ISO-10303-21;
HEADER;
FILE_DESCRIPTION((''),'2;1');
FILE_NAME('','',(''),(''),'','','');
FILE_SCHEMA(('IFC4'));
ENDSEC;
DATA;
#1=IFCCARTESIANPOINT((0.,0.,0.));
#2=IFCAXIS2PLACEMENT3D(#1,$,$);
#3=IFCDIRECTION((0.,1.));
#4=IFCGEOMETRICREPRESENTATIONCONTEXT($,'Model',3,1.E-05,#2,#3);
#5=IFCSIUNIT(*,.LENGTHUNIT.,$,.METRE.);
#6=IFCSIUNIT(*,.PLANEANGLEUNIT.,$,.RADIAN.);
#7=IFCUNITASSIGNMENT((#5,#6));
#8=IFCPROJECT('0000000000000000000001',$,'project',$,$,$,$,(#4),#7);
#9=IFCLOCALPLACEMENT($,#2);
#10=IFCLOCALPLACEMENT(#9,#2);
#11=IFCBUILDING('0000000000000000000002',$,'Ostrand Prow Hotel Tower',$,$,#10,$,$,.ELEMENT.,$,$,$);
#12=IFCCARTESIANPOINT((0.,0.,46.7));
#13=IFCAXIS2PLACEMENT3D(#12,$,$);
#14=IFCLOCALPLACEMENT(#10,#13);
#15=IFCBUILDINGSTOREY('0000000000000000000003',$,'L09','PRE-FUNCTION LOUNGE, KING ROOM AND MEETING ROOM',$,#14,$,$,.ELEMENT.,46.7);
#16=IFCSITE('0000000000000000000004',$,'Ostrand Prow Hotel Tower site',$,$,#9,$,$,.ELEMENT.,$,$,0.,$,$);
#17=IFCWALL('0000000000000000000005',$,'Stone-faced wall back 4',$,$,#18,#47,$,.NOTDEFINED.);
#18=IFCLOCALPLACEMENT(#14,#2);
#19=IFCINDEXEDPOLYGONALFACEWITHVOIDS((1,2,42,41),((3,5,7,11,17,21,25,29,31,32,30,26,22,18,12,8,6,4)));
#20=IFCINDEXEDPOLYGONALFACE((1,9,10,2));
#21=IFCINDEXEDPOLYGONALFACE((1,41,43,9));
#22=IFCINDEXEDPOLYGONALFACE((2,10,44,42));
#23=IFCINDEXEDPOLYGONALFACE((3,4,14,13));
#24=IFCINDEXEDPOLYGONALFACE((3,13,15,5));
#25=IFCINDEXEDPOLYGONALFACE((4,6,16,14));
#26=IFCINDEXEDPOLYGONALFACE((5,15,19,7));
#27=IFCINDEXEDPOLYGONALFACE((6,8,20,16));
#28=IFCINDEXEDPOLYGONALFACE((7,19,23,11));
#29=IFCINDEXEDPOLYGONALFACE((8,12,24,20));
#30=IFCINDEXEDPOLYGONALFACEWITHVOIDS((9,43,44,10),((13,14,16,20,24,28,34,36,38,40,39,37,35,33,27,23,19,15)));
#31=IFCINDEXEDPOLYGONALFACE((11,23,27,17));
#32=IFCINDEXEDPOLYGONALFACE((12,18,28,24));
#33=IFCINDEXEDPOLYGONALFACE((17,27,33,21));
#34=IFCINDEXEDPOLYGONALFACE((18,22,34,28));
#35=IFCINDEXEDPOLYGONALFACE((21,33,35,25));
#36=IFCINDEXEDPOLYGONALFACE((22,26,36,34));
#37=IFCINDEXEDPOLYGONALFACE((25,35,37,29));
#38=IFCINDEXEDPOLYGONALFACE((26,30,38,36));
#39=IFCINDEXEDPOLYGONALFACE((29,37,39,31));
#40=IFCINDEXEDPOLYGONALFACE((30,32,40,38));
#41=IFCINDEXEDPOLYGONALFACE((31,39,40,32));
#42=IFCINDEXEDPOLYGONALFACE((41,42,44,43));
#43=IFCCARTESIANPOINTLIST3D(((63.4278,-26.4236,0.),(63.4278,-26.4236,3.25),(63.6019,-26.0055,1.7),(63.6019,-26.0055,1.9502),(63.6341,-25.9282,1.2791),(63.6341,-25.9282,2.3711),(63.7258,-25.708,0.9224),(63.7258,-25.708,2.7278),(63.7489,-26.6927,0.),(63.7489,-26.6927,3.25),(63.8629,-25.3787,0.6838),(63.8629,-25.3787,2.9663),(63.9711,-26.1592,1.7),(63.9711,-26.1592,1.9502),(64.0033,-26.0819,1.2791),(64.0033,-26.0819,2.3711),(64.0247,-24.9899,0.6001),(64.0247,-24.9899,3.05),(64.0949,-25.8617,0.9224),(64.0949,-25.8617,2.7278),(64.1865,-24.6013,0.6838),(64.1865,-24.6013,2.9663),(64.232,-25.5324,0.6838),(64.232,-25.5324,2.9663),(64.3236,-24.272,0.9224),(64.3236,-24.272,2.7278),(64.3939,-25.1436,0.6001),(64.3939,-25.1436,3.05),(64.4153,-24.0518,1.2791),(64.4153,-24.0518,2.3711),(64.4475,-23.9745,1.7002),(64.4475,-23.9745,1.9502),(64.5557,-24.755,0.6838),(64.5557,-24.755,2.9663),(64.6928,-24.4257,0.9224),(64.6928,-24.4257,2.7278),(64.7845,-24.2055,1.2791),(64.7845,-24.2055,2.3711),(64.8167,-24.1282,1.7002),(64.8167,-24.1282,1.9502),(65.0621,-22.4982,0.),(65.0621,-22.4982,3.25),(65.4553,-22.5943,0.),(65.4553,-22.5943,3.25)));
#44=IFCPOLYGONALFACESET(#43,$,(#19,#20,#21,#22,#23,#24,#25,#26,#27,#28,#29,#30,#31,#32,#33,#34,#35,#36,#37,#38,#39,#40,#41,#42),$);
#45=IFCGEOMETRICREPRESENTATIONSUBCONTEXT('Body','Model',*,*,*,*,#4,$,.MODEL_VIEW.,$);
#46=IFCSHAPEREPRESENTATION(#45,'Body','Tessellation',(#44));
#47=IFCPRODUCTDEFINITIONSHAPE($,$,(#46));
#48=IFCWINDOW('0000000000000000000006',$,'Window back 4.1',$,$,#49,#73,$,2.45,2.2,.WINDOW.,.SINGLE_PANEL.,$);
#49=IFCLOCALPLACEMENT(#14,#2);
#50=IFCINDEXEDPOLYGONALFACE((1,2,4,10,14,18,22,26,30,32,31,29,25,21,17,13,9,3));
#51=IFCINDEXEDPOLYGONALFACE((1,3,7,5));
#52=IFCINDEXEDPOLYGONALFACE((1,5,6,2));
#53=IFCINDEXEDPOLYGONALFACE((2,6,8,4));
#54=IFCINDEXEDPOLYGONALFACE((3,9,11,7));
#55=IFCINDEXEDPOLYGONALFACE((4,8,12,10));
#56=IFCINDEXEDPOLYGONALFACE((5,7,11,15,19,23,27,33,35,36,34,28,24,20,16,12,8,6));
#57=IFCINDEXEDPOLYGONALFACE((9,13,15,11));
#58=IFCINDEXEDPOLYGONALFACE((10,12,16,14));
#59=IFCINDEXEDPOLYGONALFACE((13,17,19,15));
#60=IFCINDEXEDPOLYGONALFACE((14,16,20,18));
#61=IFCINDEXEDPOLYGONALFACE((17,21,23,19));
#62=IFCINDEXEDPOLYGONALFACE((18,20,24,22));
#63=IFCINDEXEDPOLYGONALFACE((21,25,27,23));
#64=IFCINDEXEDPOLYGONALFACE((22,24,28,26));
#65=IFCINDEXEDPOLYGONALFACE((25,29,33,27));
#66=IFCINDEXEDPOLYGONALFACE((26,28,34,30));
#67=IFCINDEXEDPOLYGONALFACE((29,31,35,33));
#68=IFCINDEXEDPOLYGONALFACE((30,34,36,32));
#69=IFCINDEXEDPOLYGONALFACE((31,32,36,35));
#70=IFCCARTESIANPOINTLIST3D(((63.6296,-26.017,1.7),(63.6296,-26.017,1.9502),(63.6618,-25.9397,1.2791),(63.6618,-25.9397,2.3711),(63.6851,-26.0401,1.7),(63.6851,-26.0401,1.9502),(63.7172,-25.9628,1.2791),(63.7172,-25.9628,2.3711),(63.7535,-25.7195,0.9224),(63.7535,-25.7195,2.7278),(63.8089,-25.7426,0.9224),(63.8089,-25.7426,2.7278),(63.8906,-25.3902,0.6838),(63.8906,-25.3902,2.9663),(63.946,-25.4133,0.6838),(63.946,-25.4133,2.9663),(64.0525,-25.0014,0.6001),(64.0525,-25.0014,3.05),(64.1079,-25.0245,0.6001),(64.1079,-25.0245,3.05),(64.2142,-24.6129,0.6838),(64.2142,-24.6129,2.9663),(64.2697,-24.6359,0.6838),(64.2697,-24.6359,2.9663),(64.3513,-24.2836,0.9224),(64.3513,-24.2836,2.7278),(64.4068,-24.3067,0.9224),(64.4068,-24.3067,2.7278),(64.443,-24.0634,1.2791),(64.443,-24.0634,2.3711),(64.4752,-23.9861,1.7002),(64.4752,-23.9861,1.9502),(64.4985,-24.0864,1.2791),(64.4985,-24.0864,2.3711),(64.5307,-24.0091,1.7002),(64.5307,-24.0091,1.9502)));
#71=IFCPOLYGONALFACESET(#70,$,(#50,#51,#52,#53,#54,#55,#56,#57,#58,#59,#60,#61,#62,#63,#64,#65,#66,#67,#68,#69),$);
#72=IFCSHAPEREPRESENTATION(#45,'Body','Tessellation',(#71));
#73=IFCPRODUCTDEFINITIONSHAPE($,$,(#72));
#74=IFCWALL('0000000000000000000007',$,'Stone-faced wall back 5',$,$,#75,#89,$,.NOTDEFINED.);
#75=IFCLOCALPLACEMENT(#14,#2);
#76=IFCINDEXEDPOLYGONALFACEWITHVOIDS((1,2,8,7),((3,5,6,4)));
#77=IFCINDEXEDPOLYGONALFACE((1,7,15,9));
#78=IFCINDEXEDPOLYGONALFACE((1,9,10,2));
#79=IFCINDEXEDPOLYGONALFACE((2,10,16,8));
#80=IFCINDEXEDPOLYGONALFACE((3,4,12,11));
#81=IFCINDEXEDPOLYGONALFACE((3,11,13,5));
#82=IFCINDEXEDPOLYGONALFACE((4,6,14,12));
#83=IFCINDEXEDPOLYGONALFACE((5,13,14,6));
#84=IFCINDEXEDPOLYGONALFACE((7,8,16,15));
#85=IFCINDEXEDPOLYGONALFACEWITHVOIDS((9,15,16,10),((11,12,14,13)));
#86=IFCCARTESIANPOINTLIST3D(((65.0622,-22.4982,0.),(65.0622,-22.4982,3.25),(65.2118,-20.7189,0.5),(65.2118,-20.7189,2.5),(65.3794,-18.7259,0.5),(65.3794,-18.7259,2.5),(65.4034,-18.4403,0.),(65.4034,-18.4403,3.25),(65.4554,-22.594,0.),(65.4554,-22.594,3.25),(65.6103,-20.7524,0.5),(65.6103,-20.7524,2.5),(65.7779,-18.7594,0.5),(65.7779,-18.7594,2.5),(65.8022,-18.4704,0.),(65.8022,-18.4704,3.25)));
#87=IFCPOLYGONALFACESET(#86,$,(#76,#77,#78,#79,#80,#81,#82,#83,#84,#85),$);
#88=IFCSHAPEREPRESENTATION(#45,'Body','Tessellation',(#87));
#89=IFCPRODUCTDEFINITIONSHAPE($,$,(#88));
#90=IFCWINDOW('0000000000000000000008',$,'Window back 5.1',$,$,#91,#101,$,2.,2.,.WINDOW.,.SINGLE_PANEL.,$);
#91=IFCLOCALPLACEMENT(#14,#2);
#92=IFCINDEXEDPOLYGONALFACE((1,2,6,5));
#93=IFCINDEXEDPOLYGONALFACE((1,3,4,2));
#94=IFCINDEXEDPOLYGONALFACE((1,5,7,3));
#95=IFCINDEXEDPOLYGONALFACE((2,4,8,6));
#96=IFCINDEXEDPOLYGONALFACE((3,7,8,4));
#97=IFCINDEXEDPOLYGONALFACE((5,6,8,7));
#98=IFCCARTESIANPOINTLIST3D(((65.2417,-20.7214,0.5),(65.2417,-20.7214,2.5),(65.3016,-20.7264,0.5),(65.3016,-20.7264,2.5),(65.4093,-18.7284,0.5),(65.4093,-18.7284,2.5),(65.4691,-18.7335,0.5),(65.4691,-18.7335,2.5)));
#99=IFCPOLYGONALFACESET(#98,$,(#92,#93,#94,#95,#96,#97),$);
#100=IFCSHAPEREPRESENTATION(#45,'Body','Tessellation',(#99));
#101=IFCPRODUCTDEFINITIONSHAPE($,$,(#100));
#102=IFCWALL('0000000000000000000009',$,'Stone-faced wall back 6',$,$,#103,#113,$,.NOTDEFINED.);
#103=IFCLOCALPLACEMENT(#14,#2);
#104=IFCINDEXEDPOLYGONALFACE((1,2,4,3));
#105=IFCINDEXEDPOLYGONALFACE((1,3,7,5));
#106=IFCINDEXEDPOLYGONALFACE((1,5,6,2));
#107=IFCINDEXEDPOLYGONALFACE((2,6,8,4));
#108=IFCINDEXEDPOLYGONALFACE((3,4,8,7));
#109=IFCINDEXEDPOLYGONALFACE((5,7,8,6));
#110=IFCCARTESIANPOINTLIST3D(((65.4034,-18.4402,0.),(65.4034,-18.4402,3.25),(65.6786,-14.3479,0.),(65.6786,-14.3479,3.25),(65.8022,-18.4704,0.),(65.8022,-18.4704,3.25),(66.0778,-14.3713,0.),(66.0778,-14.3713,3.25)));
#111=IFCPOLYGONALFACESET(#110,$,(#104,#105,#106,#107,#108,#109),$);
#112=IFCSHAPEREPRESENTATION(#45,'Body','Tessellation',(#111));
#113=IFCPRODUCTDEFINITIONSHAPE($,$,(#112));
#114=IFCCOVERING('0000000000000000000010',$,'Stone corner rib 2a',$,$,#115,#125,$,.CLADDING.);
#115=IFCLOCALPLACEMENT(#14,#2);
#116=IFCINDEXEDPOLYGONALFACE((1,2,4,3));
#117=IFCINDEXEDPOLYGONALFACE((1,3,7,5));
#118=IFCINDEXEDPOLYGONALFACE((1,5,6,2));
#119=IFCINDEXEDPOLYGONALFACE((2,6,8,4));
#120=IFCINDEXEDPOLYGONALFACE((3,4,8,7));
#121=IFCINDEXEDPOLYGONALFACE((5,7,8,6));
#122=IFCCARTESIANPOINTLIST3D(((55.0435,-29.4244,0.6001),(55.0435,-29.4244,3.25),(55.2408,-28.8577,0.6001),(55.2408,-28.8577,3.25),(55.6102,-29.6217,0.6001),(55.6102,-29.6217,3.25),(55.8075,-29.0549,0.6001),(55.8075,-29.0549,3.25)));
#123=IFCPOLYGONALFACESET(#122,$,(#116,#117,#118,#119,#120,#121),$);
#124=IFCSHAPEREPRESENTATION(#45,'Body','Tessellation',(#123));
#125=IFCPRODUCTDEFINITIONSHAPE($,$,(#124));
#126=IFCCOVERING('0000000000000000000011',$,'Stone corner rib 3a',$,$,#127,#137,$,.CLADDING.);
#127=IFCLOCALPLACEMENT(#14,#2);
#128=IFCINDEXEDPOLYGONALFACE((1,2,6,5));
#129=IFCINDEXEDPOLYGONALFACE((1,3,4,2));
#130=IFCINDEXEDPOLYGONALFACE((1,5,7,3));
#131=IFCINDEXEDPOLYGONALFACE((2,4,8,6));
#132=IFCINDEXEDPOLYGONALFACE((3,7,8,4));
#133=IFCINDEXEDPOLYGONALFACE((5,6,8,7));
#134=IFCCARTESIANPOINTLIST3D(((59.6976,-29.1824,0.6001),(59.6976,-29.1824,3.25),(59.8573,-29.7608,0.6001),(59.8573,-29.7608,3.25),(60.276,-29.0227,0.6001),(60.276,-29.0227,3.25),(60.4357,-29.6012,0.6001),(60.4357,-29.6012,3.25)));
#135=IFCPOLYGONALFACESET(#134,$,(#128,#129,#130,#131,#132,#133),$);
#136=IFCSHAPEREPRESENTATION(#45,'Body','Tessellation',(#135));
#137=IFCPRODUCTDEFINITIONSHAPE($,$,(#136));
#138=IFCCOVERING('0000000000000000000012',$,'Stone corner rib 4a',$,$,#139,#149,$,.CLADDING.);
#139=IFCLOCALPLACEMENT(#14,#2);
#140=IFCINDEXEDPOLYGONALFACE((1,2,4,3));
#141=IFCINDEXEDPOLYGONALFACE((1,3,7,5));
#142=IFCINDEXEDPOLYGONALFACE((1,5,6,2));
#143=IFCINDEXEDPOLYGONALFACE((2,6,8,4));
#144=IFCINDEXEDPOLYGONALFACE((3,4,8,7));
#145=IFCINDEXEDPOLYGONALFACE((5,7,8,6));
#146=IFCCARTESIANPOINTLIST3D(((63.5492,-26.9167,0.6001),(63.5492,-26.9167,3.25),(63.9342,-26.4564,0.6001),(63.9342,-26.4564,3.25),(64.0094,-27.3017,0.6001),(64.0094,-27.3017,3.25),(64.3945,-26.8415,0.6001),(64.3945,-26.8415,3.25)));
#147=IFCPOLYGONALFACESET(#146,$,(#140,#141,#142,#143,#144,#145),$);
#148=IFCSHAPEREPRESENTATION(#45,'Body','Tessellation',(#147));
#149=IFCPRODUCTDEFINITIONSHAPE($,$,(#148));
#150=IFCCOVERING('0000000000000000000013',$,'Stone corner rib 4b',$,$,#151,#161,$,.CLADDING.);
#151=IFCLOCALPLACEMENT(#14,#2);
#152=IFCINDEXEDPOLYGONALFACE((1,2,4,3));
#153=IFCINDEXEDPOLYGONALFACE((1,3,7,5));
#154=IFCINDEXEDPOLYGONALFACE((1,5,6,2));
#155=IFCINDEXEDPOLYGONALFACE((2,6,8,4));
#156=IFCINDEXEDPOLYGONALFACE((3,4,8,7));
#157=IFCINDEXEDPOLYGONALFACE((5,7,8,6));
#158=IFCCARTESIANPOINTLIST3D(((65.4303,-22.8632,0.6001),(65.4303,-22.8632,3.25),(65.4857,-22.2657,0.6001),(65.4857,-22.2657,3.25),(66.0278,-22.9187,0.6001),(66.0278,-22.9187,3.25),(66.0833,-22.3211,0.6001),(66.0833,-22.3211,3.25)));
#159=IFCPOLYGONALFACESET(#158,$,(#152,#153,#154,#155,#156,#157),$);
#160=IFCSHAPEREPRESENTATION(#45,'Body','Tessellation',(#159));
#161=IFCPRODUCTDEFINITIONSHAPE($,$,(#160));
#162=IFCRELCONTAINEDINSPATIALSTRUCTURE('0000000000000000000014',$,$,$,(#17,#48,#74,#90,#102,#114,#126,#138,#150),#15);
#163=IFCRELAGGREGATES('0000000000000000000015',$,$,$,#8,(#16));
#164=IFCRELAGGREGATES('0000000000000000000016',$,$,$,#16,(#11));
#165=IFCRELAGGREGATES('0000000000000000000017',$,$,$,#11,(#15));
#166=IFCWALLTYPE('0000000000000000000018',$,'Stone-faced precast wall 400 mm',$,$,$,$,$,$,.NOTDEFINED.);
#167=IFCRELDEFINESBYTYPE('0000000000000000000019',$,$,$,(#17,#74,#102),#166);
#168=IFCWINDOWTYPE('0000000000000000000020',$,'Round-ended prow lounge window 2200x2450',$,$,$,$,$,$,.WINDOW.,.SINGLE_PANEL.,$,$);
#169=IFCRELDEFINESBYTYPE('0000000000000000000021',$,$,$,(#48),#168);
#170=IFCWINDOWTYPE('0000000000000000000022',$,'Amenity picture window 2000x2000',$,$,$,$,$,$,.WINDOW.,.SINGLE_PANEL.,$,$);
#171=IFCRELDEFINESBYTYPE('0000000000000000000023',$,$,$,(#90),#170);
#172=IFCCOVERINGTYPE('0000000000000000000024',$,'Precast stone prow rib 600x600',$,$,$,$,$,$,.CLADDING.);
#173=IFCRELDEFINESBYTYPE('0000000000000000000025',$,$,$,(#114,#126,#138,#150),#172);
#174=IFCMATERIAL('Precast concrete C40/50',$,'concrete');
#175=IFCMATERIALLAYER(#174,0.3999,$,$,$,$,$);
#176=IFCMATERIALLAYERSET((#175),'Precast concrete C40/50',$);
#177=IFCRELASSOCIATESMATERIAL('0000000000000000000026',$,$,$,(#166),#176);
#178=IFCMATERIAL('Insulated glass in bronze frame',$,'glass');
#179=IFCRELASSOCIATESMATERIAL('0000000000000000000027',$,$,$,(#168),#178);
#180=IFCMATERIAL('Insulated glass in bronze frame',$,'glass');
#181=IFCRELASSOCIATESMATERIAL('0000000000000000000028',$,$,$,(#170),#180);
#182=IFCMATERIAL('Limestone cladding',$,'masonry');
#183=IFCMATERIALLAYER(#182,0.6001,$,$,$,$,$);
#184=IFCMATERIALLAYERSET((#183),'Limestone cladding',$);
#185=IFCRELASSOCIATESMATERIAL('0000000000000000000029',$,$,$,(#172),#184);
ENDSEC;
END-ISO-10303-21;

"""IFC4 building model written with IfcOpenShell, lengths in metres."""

from ifc_helpers import new_model, si_unit, direction, frame, frame_2d, origin, place, context, subcontext, project, spatial, polyline, rectangle, outline, extrude, material, layer, layer_set, type_object, element, fill, save


model = new_model("IFC4")

# Units and contexts
model_context = context("Model", 3, precision=1e-05, world=origin(), true_north=direction((0.0, 1.0)))
body_context = subcontext(model_context, "Body", "Model", "MODEL_VIEW")
ifc_project = project(units=[si_unit("LENGTHUNIT", "METRE"), si_unit("PLANEANGLEUNIT", "RADIAN")], contexts=[model_context])

# Site, building, storey
site_placement = place(None, origin())
site = spatial("IfcSite", under=ifc_project, at=site_placement, Name="Ostrand Prow Hotel Tower site", CompositionType="ELEMENT", RefElevation=0.0)
building_placement = place(site_placement, origin())
building = spatial("IfcBuilding", under=site, at=building_placement, Name="Ostrand Prow Hotel Tower", CompositionType="ELEMENT")
storey_placement = place(building_placement, frame((0.0, 0.0, 46.7)))
storey = spatial("IfcBuildingStorey", under=building, at=storey_placement, Name="L09", Description="PRE-FUNCTION LOUNGE, KING ROOM AND MEETING ROOM", CompositionType="ELEMENT", Elevation=46.7)

# Walls, openings, windows
ifc_material_1 = material(Name="Precast concrete C40/50", Category="concrete")
ifc_layer_1 = layer(ifc_material_1, 0.3999)
ifc_layer_set_1 = layer_set([ifc_layer_1], Name="Precast concrete C40/50")
wall_type_1 = type_object("IfcWallType", Name="Stone-faced precast wall 400 mm", PredefinedType="NOTDEFINED", material=ifc_layer_set_1)
ifc_material_2 = material(Name="Insulated glass in bronze frame", Category="glass")
window_type_1 = type_object("IfcWindowType", Name="Round-ended prow lounge window 2200x2450", PartitioningType="SINGLE_PANEL", PredefinedType="WINDOW", material=ifc_material_2)
wall_1_placement = place(storey_placement, frame((63.5884, -26.5581, 0.0), z_axis=(0.0, 0.0, 1.0), x_axis=(0.384372, 0.923178, 0.0)))
wall_1 = element("IfcWall", 1, at=wall_1_placement, inside=storey, type_object=wall_type_1, Name="Stone-faced wall back 4", PredefinedType="NOTDEFINED", context=body_context, shape_type="SweptSolid", body=[
    extrude(outline(polyline([(-0.0625, -0.2), (4.377, -0.2), (4.3145, 0.2), (0.0625, 0.2), (-0.0625, -0.2)])), origin(), (0.0, 0.0, 1.0), 3.25),
])
opening_1_placement = place(wall_1_placement, frame((0.5154, 0.0, 0.6001)))
opening_1 = element("IfcOpeningElement", 2, at=opening_1_placement, cuts=wall_1, PredefinedType="OPENING", context=body_context, shape_type="SweptSolid", body=[
    extrude(outline(polyline([(0.0, 1.3501), (0.0837, 1.771), (0.3223, 2.1277), (0.679, 2.3662), (1.1001, 2.45), (1.521, 2.3662), (1.8777, 2.1277), (2.1162, 1.771), (2.2, 1.3501), (2.2, 1.1001), (2.1162, 0.679), (1.8777, 0.3223), (1.521, 0.0837), (1.1001, 0.0), (0.679, 0.0837), (0.3223, 0.3223), (0.0837, 0.679), (0.0, 1.0999), (0.0, 1.3501)])), frame((0.0, 0.21, 0.0), z_axis=(0.0, -1.0, 0.0), x_axis=(1.0, 0.0, 0.0)), (0.0, 0.0, 1.0), 0.4199),
])
window_1_placement = place(opening_1_placement, origin())
window_1 = element("IfcWindow", 3, at=window_1_placement, inside=storey, type_object=window_type_1, Name="Window back 4.1", OverallHeight=2.45, OverallWidth=2.2, PartitioningType="SINGLE_PANEL", PredefinedType="WINDOW", context=body_context, shape_type="SweptSolid", body=[
    extrude(outline(polyline([(0.0, 1.3501), (0.0837, 1.771), (0.3223, 2.1277), (0.679, 2.3662), (1.1001, 2.45), (1.521, 2.3662), (1.8777, 2.1277), (2.1162, 1.771), (2.2, 1.3501), (2.2, 1.1001), (2.1162, 0.679), (1.8777, 0.3223), (1.521, 0.0837), (1.1001, 0.0), (0.679, 0.0837), (0.3223, 0.3223), (0.0837, 0.679), (0.0, 1.0999), (0.0, 1.3501)])), frame((0.0, 0.1699, 0.0), z_axis=(0.0, -1.0, 0.0), x_axis=(1.0, 0.0, 0.0)), (0.0, 0.0, 1.0), 0.0601),
])
fill(opening_1, window_1)
wall_2_placement = place(storey_placement, frame((65.2588, -22.5461, 0.0), z_axis=(0.0, 0.0, 1.0), x_axis=(0.083794, 0.996483, 0.0)))
wall_2 = element("IfcWall", 4, at=wall_2_placement, inside=storey, type_object=wall_type_1, Name="Stone-faced wall back 5", PredefinedType="NOTDEFINED", context=body_context, shape_type="SweptSolid", body=[
    extrude(outline(polyline([(-0.0312, -0.2), (4.1069, -0.2), (4.1035, 0.2), (0.0312, 0.2), (-0.0312, -0.2)])), origin(), (0.0, 0.0, 1.0), 3.25),
])
opening_2_placement = place(wall_2_placement, frame((1.8169, 0.0, 0.5)))
opening_2 = element("IfcOpeningElement", 5, at=opening_2_placement, cuts=wall_2, PredefinedType="OPENING", context=body_context, shape_type="SweptSolid", body=[
    extrude(rectangle(XDim=2.0, YDim=2.0, at=frame_2d((1.0, 1.0))), frame((0.0, 0.21, 0.0), z_axis=(0.0, -1.0, 0.0), x_axis=(1.0, 0.0, 0.0)), (0.0, 0.0, 1.0), 0.4199),
])
ifc_material_3 = material(Name="Insulated glass in bronze frame", Category="glass")
window_type_2 = type_object("IfcWindowType", Name="Amenity picture window 2000x2000", PartitioningType="SINGLE_PANEL", PredefinedType="WINDOW", material=ifc_material_3)
window_2_placement = place(opening_2_placement, origin())
window_2 = element("IfcWindow", 6, at=window_2_placement, inside=storey, type_object=window_type_2, Name="Window back 5.1", OverallHeight=2.0, OverallWidth=2.0, PartitioningType="SINGLE_PANEL", PredefinedType="WINDOW", context=body_context, shape_type="SweptSolid", body=[
    extrude(rectangle(XDim=2.0, YDim=2.0, at=frame_2d((1.0, 1.0))), frame((0.0, 0.1699, 0.0), z_axis=(0.0, -1.0, 0.0), x_axis=(1.0, 0.0, 0.0)), (0.0, 0.0, 1.0), 0.0601),
])
fill(opening_2, window_2)

# Wall
wall_3_placement = place(storey_placement, frame((65.6028, -18.4553, 0.0), z_axis=(0.0, 0.0, 1.0), x_axis=(0.067087, 0.997747, 0.0)))
element("IfcWall", 7, at=wall_3_placement, inside=storey, type_object=wall_type_1, Name="Stone-faced wall back 6", PredefinedType="NOTDEFINED", context=body_context, shape_type="SweptSolid", body=[
    extrude(outline(polyline([(-0.0017, -0.2), (4.1067, -0.2), (4.1033, 0.2), (0.0017, 0.2), (-0.0017, -0.2)])), origin(), (0.0, 0.0, 1.0), 3.25),
])

# Coverings
ifc_material_4 = material(Name="Limestone cladding", Category="masonry")
ifc_layer_2 = layer(ifc_material_4, 0.6001)
ifc_layer_set_2 = layer_set([ifc_layer_2], Name="Limestone cladding")
covering_type = type_object("IfcCoveringType", Name="Precast stone prow rib 600x600", PredefinedType="CLADDING", material=ifc_layer_set_2)
for number, where, z_axis, x_axis, name in (
    (8, (55.5242, -28.9563, 0.6001), (0.0, 0.0, 1.0), (-0.328773, -0.944409, 0.0), "Stone corner rib 2a"),
    (9, (59.9868, -29.1025, 0.6001), (0.0, 0.0, 1.0), (0.266112, -0.963942, 0.0), "Stone corner rib 3a"),
    (10, (63.7417, -26.6865, 0.6001), (0.0, 0.0, 1.0), (0.766986, -0.641664, 0.0), "Stone corner rib 4a"),
    (11, (65.458, -22.5645, 0.6001), (0.0, 0.0, 1.0), (0.995725, -0.09237, 0.0), "Stone corner rib 4b"),
):
    element("IfcCovering", number, at=place(storey_placement, frame(where, z_axis=z_axis, x_axis=x_axis)), inside=storey, type_object=covering_type, Name=name, PredefinedType="CLADDING", context=body_context, shape_type="SweptSolid", body=[
        extrude(rectangle(XDim=0.6001, YDim=0.6001, at=frame_2d((0.3, 0.0))), origin(), (0.0, 0.0, 1.0), 2.6499),
    ])

save(model, "model.ifc")
